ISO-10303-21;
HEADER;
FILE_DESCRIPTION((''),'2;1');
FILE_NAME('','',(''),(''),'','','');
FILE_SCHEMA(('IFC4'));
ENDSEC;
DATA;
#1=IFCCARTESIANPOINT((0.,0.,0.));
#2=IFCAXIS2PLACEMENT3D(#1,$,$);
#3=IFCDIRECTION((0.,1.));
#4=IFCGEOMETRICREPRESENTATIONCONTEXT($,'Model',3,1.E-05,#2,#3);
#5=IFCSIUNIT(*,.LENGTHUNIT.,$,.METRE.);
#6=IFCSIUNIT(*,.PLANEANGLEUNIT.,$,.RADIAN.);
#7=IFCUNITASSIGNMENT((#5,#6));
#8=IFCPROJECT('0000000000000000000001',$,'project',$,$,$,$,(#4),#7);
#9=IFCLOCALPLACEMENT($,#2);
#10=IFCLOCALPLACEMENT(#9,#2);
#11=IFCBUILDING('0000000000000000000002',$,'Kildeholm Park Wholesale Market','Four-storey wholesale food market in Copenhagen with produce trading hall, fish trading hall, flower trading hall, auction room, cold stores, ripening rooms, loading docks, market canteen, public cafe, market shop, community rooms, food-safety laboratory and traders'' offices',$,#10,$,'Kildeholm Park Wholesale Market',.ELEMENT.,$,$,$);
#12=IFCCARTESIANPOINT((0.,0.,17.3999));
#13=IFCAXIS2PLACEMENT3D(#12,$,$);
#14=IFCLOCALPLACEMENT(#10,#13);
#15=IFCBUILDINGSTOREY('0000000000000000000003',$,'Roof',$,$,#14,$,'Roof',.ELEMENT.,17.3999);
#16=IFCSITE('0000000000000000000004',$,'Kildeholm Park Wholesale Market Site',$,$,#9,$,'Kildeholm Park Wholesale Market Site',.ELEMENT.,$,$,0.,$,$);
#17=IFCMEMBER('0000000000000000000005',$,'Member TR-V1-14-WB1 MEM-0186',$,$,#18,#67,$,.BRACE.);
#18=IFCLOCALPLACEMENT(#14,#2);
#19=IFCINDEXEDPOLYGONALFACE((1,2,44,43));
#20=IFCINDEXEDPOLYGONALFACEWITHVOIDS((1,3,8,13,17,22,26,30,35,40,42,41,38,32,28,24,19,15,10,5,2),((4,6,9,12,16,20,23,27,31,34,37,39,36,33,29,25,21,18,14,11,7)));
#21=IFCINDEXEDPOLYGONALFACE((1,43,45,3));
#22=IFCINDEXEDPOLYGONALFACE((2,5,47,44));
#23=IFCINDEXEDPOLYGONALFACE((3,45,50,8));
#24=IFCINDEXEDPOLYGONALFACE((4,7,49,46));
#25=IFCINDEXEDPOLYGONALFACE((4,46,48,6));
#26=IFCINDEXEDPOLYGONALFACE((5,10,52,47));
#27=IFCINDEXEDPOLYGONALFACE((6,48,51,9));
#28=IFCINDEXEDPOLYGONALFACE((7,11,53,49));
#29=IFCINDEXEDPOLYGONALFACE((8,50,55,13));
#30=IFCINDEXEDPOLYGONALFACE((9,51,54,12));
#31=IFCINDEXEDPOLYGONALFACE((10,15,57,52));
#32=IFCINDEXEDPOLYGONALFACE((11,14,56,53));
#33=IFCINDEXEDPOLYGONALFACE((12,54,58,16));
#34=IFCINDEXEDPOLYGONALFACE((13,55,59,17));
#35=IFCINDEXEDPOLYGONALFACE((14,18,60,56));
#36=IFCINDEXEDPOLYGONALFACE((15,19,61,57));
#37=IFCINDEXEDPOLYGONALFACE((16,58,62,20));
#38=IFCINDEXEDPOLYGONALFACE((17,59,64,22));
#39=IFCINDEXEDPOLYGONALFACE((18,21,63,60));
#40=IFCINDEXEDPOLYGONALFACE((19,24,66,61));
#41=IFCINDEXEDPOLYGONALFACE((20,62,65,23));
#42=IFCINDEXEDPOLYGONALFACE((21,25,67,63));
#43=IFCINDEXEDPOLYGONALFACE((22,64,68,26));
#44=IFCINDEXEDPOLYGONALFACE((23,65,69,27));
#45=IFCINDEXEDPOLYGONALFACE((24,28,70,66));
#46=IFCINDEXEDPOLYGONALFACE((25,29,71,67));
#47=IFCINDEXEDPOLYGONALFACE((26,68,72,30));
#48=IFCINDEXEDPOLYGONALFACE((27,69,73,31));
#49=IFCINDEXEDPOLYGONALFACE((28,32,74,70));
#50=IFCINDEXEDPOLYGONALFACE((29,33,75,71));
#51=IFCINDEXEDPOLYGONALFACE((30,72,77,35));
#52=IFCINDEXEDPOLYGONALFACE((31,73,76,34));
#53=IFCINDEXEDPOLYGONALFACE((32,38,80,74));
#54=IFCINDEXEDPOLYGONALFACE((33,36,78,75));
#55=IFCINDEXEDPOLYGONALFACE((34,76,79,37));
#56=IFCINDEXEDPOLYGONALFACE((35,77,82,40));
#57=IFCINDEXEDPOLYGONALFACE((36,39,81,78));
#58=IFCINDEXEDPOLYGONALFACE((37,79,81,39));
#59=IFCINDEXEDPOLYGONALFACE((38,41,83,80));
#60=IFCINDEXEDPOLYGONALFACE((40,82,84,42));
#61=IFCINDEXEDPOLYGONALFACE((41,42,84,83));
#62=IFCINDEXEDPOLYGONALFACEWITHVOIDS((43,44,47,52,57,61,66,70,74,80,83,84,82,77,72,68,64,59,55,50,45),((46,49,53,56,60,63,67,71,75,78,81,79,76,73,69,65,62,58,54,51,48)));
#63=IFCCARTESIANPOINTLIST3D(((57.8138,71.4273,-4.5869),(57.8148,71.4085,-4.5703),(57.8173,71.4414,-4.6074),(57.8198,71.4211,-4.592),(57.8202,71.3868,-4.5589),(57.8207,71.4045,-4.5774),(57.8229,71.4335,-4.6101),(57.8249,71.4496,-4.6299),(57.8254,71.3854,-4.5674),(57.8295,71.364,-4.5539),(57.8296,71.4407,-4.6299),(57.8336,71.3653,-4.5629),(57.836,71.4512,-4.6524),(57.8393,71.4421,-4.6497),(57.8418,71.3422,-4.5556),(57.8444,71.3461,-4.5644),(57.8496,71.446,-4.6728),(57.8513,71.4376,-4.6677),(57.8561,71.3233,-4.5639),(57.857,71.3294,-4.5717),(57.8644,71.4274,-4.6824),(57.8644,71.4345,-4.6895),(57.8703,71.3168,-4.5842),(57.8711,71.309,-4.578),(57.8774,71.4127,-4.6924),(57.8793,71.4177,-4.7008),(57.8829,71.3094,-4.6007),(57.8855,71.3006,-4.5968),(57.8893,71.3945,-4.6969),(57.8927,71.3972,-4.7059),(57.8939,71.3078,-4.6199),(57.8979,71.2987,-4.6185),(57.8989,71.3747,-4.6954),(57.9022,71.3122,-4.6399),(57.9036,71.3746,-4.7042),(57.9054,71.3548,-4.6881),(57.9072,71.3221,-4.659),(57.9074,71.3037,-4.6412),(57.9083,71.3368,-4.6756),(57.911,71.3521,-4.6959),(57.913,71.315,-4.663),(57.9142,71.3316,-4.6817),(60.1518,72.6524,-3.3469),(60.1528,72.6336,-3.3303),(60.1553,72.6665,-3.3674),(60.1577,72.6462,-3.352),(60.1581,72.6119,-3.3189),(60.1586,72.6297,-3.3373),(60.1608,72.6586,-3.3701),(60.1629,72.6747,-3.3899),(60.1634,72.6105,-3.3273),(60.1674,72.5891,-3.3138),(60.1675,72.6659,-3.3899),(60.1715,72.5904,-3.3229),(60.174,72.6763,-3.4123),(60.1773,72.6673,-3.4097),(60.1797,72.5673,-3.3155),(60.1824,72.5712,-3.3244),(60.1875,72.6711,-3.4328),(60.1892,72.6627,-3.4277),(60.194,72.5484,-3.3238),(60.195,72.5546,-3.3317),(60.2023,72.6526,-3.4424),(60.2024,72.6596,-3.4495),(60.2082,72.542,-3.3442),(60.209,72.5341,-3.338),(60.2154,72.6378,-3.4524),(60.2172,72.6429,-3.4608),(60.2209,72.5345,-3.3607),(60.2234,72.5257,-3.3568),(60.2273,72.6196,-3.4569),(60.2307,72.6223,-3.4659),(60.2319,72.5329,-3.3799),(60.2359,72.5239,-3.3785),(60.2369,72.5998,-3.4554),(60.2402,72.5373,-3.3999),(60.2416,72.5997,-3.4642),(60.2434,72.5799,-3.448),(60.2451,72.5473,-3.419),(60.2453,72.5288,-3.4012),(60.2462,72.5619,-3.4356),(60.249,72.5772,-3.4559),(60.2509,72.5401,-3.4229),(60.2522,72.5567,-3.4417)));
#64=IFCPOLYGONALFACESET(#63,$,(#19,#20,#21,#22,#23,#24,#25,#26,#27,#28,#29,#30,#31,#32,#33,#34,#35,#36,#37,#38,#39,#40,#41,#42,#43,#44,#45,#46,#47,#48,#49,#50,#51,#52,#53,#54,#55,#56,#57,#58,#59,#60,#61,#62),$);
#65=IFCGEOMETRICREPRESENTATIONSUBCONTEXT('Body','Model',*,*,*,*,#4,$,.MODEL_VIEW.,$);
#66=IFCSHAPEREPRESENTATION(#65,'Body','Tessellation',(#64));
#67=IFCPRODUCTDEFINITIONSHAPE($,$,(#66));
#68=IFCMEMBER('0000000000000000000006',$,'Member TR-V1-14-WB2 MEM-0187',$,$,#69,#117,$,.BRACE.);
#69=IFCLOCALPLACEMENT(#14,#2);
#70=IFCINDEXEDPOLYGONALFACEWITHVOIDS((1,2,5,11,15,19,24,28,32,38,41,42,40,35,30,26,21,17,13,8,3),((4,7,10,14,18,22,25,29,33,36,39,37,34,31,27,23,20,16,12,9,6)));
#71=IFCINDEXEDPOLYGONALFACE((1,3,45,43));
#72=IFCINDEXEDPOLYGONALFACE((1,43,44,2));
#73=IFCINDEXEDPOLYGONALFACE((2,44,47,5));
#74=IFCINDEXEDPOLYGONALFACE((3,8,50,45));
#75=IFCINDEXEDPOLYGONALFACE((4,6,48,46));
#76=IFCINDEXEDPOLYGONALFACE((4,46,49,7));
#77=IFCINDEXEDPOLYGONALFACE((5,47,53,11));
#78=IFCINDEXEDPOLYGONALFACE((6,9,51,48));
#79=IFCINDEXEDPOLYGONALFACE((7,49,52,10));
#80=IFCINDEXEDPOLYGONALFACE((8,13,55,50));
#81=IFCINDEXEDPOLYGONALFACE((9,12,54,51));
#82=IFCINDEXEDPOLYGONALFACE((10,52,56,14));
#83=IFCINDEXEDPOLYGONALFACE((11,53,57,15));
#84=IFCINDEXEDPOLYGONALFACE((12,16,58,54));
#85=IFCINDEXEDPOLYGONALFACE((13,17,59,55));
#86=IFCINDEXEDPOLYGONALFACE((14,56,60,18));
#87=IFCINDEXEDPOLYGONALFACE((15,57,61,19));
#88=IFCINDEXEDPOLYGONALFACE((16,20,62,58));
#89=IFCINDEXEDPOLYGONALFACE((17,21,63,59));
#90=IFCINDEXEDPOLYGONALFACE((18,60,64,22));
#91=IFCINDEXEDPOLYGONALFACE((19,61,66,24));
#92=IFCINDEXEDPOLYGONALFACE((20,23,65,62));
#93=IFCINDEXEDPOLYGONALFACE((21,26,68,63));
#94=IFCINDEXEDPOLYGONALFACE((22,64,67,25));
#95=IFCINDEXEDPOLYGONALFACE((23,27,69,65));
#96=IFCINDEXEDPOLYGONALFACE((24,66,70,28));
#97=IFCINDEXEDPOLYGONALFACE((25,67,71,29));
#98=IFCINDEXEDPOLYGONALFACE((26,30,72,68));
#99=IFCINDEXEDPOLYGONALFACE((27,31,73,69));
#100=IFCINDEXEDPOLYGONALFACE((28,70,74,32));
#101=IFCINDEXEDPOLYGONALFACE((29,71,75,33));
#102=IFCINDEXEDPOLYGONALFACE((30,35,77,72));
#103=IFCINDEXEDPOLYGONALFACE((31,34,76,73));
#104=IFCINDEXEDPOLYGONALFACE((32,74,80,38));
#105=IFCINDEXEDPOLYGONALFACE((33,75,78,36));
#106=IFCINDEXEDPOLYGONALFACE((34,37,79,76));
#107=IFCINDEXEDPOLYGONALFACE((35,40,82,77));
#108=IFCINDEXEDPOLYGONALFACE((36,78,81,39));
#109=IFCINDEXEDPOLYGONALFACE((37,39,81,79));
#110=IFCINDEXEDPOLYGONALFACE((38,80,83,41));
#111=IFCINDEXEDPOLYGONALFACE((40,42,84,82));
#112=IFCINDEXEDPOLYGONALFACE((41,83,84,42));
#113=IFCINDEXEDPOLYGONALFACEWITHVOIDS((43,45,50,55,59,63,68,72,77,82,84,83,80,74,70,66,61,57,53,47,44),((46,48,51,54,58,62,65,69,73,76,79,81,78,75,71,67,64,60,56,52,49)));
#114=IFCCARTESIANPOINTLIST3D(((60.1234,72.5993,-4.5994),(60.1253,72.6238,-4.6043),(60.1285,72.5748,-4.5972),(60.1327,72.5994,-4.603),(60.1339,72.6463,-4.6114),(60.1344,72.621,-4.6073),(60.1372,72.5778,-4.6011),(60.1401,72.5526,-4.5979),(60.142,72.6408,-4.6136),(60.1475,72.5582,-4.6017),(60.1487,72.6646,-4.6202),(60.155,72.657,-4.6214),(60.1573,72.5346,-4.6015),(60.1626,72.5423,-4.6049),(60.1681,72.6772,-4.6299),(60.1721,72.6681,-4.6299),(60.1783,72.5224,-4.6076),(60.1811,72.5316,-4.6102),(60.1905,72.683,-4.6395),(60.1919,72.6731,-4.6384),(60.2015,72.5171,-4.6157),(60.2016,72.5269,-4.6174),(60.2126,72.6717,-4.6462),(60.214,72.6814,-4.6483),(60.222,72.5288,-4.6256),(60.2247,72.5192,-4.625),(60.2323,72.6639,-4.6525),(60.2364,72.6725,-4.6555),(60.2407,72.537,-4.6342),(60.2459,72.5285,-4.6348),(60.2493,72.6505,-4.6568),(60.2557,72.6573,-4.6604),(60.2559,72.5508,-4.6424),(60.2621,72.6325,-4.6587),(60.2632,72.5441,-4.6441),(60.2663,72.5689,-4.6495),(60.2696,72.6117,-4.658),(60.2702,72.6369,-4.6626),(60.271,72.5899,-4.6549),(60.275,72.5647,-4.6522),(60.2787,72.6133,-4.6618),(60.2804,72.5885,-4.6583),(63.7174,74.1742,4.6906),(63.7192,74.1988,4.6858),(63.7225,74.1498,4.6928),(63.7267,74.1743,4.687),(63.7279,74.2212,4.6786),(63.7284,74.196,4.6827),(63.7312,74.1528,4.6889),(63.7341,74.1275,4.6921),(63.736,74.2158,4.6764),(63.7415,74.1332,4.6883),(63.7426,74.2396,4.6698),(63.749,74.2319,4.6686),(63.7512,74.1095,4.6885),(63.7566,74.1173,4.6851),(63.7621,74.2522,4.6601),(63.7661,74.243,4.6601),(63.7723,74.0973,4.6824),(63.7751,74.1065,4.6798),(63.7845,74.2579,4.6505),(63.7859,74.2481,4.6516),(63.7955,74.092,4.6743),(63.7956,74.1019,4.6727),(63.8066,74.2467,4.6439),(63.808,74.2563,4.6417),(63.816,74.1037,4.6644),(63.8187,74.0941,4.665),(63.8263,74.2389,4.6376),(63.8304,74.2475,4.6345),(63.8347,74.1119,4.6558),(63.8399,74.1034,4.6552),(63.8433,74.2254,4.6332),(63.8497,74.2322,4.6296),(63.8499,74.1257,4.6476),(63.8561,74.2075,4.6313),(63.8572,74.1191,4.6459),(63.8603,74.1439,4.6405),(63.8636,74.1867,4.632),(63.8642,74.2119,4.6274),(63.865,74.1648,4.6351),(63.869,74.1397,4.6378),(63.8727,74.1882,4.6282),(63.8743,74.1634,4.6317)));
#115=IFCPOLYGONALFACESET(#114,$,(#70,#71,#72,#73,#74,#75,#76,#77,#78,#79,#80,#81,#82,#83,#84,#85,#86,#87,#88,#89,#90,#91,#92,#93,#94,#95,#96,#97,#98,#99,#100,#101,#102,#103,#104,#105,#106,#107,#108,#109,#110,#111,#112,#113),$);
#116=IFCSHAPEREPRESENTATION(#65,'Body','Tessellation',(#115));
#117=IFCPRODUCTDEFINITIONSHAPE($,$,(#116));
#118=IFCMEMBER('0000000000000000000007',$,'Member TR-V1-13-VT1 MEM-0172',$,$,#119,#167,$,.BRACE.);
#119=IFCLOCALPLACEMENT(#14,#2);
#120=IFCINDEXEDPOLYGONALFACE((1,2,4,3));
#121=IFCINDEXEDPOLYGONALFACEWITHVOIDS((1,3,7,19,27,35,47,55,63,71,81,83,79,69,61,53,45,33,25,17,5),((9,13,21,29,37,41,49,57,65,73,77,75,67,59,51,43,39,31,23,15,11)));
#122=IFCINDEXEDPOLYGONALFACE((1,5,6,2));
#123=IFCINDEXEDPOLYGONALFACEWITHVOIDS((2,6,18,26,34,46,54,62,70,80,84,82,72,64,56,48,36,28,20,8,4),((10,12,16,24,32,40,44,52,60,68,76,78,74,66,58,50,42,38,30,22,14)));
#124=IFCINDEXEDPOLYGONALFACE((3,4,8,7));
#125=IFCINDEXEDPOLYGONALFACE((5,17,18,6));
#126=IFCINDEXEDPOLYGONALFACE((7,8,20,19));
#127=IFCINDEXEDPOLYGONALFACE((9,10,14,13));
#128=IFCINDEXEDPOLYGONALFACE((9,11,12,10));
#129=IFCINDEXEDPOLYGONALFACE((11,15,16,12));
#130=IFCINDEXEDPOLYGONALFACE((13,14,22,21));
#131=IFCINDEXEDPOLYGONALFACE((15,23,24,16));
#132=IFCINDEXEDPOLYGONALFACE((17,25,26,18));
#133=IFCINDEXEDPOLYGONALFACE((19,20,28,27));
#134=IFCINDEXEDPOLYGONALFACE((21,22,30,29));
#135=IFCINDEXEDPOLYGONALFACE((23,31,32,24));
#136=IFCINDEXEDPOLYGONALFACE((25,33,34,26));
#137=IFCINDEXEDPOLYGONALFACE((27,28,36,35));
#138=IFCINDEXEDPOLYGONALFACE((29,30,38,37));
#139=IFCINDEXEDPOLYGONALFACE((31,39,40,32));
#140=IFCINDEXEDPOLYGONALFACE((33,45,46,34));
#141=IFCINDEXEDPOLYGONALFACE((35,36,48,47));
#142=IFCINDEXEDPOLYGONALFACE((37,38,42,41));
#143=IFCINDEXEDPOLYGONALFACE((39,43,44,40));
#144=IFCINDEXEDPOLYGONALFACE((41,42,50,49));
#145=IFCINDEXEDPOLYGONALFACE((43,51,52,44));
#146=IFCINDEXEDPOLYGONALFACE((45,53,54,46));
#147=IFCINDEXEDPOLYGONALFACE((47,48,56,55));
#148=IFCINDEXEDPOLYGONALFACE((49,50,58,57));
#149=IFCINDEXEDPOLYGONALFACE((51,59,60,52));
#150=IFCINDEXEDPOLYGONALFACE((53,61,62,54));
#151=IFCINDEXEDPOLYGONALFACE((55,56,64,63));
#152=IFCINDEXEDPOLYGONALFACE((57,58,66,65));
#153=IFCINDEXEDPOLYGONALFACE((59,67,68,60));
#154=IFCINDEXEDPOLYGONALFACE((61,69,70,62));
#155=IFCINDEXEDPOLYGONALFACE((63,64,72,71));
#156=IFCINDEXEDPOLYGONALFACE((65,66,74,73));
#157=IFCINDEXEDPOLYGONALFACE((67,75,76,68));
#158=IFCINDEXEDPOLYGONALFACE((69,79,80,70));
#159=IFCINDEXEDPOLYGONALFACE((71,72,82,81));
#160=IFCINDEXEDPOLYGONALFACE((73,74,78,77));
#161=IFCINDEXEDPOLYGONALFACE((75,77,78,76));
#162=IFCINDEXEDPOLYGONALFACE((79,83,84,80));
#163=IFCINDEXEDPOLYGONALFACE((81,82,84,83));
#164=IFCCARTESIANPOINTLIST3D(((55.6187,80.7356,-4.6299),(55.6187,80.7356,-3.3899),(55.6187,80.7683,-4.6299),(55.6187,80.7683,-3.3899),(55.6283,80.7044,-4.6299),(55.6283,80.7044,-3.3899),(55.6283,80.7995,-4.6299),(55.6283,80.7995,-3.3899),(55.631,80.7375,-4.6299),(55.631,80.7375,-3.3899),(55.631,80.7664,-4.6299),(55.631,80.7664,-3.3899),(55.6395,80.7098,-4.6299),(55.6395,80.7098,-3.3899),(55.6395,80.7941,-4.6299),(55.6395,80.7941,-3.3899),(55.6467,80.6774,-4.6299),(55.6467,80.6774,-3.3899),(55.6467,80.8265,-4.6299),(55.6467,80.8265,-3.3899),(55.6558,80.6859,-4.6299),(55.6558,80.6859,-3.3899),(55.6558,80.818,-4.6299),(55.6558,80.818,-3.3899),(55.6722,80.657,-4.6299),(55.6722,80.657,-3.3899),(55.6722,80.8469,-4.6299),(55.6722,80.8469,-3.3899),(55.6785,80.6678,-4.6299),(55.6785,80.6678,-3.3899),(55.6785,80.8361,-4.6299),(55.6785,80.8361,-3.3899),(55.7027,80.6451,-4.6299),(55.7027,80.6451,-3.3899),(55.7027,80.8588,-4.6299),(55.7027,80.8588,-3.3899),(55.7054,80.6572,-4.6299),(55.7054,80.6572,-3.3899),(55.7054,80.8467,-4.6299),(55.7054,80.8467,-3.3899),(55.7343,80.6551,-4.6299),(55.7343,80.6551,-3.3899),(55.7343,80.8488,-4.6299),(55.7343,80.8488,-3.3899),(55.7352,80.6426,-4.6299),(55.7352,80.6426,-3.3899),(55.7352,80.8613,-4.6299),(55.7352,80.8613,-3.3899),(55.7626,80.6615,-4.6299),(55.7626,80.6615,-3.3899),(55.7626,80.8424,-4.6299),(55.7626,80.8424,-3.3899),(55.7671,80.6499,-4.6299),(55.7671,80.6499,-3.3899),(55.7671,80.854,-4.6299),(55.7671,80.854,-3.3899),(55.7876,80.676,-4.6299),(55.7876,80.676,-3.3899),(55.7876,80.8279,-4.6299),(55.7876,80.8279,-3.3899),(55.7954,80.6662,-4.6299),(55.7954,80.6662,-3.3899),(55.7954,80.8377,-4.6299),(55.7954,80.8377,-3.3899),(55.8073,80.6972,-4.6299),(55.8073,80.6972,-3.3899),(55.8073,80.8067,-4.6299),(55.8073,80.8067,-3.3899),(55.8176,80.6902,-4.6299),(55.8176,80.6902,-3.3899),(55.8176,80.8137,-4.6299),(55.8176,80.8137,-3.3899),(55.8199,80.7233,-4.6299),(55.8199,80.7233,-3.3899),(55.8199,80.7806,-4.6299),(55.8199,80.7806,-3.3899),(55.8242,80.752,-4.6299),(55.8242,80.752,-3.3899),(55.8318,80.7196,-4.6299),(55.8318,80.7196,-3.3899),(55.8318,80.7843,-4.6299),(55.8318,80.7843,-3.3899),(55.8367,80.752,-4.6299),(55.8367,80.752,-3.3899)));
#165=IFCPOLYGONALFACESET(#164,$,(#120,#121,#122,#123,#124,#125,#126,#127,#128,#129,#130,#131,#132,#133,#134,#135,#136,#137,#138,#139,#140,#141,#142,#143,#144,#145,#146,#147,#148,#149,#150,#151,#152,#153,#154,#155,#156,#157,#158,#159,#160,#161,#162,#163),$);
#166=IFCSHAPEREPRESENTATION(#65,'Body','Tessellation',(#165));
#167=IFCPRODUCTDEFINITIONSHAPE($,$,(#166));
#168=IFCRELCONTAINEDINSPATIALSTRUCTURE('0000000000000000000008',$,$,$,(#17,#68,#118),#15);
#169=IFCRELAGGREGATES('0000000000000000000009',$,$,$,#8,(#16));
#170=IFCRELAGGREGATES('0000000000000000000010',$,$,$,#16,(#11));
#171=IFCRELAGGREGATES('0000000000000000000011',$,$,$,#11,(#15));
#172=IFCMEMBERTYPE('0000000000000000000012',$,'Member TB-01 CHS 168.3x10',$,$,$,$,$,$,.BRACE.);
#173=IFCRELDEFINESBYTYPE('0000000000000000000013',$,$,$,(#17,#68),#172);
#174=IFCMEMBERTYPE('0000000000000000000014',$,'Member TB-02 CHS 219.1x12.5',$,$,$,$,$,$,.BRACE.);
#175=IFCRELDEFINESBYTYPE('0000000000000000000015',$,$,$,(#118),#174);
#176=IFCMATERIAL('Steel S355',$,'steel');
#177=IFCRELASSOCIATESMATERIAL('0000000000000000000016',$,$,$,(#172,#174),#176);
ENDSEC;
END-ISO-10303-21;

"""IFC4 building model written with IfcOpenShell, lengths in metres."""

from ifc_helpers import new_model, si_unit, direction, frame, origin, origin_2d, place, context, subcontext, project, spatial, hollow_circle, extrude, material, material_profile, profile_set, type_object, element, save


model = new_model("IFC4")

# Units and contexts
model_context = context("Model", 3, precision=1e-05, world=origin(), true_north=direction((0.0, 1.0)))
body_context = subcontext(model_context, "Body", "Model", "MODEL_VIEW")
ifc_project = project(units=[si_unit("LENGTHUNIT", "METRE"), si_unit("PLANEANGLEUNIT", "RADIAN")], contexts=[model_context])

# Site, building, storey
site_placement = place(None, origin())
site = spatial("IfcSite", under=ifc_project, at=site_placement, Name="Kildeholm Park Wholesale Market Site", LongName="Kildeholm Park Wholesale Market Site", CompositionType="ELEMENT", RefElevation=0.0)
building_placement = place(site_placement, origin())
building = spatial("IfcBuilding", under=site, at=building_placement, Name="Kildeholm Park Wholesale Market", Description="Four-storey wholesale food market in Copenhagen with produce trading hall, fish trading hall, flower trading hall, auction room, cold stores, ripening rooms, loading docks, market canteen, public cafe, market shop, community rooms, food-safety laboratory and traders' offices", LongName="Kildeholm Park Wholesale Market", CompositionType="ELEMENT")
storey_placement = place(building_placement, frame((0.0, 0.0, 17.3999)))
storey = spatial("IfcBuildingStorey", under=building, at=storey_placement, Name="Roof", LongName="Roof", CompositionType="ELEMENT", Elevation=17.3999)

# Shared definitions
ifc_material_1 = material(Name="Steel S355", Category="steel")

# Members
ifc_material_profile_1 = material_profile(ifc_material_1, hollow_circle(Radius=0.0842, WallThickness=0.01, at=origin_2d()), Name="CHS 168.3x10")
ifc_profile_set_1 = profile_set([ifc_material_profile_1], Name="Steel S355")
member_type_1 = type_object("IfcMemberType", Name="Member TB-01 CHS 168.3x10", PredefinedType="BRACE", material=ifc_profile_set_1)
member_1_placement = place(storey_placement, frame((57.864, 71.375, -4.6299), z_axis=(0.801693, 0.420102, 0.425209), x_axis=(-0.464152, 0.885755, 0.0)))
element("IfcMember", 1, at=member_1_placement, inside=storey, type_object=member_type_1, Name="Member TR-V1-14-WB1 MEM-0186", PredefinedType="BRACE", context=body_context, shape_type="SweptSolid", body=[
    extrude(hollow_circle(Radius=0.0842, WallThickness=0.01, at=origin_2d()), origin(), (0.0, 0.0, 1.0), 2.9163),
])
member_2_placement = place(storey_placement, frame((60.2019, 72.6001, -4.6299), z_axis=(0.356379, 0.156172, 0.921197), x_axis=(-0.40137, 0.915916, 0.0)))
element("IfcMember", 2, at=member_2_placement, inside=storey, type_object=member_type_1, Name="Member TR-V1-14-WB2 MEM-0187", PredefinedType="BRACE", context=body_context, shape_type="SweptSolid", body=[
    extrude(hollow_circle(Radius=0.0842, WallThickness=0.01, at=origin_2d()), origin(), (0.0, 0.0, 1.0), 10.0847),
])
ifc_material_profile_2 = material_profile(ifc_material_1, hollow_circle(Radius=0.1096, WallThickness=0.0125, at=origin_2d()), Name="CHS 219.1x12.5")
ifc_profile_set_2 = profile_set([ifc_material_profile_2], Name="Steel S355")
member_type_2 = type_object("IfcMemberType", Name="Member TB-02 CHS 219.1x12.5", PredefinedType="BRACE", material=ifc_profile_set_2)
for number, where, z_axis, x_axis, name in (
    (3, (55.7271, 80.752, -4.6299), (0.0, 0.0, 1.0), (1.0, 0.0, 0.0), "Member TR-V1-13-VT1 MEM-0172"),
):
    element("IfcMember", number, at=place(storey_placement, frame(where, z_axis=z_axis, x_axis=x_axis)), inside=storey, type_object=member_type_2, Name=name, PredefinedType="BRACE", context=body_context, shape_type="SweptSolid", body=[
        extrude(hollow_circle(Radius=0.1096, WallThickness=0.0125, at=origin_2d()), origin(), (0.0, 0.0, 1.0), 1.24),
    ])

save(model, "model.ifc")
